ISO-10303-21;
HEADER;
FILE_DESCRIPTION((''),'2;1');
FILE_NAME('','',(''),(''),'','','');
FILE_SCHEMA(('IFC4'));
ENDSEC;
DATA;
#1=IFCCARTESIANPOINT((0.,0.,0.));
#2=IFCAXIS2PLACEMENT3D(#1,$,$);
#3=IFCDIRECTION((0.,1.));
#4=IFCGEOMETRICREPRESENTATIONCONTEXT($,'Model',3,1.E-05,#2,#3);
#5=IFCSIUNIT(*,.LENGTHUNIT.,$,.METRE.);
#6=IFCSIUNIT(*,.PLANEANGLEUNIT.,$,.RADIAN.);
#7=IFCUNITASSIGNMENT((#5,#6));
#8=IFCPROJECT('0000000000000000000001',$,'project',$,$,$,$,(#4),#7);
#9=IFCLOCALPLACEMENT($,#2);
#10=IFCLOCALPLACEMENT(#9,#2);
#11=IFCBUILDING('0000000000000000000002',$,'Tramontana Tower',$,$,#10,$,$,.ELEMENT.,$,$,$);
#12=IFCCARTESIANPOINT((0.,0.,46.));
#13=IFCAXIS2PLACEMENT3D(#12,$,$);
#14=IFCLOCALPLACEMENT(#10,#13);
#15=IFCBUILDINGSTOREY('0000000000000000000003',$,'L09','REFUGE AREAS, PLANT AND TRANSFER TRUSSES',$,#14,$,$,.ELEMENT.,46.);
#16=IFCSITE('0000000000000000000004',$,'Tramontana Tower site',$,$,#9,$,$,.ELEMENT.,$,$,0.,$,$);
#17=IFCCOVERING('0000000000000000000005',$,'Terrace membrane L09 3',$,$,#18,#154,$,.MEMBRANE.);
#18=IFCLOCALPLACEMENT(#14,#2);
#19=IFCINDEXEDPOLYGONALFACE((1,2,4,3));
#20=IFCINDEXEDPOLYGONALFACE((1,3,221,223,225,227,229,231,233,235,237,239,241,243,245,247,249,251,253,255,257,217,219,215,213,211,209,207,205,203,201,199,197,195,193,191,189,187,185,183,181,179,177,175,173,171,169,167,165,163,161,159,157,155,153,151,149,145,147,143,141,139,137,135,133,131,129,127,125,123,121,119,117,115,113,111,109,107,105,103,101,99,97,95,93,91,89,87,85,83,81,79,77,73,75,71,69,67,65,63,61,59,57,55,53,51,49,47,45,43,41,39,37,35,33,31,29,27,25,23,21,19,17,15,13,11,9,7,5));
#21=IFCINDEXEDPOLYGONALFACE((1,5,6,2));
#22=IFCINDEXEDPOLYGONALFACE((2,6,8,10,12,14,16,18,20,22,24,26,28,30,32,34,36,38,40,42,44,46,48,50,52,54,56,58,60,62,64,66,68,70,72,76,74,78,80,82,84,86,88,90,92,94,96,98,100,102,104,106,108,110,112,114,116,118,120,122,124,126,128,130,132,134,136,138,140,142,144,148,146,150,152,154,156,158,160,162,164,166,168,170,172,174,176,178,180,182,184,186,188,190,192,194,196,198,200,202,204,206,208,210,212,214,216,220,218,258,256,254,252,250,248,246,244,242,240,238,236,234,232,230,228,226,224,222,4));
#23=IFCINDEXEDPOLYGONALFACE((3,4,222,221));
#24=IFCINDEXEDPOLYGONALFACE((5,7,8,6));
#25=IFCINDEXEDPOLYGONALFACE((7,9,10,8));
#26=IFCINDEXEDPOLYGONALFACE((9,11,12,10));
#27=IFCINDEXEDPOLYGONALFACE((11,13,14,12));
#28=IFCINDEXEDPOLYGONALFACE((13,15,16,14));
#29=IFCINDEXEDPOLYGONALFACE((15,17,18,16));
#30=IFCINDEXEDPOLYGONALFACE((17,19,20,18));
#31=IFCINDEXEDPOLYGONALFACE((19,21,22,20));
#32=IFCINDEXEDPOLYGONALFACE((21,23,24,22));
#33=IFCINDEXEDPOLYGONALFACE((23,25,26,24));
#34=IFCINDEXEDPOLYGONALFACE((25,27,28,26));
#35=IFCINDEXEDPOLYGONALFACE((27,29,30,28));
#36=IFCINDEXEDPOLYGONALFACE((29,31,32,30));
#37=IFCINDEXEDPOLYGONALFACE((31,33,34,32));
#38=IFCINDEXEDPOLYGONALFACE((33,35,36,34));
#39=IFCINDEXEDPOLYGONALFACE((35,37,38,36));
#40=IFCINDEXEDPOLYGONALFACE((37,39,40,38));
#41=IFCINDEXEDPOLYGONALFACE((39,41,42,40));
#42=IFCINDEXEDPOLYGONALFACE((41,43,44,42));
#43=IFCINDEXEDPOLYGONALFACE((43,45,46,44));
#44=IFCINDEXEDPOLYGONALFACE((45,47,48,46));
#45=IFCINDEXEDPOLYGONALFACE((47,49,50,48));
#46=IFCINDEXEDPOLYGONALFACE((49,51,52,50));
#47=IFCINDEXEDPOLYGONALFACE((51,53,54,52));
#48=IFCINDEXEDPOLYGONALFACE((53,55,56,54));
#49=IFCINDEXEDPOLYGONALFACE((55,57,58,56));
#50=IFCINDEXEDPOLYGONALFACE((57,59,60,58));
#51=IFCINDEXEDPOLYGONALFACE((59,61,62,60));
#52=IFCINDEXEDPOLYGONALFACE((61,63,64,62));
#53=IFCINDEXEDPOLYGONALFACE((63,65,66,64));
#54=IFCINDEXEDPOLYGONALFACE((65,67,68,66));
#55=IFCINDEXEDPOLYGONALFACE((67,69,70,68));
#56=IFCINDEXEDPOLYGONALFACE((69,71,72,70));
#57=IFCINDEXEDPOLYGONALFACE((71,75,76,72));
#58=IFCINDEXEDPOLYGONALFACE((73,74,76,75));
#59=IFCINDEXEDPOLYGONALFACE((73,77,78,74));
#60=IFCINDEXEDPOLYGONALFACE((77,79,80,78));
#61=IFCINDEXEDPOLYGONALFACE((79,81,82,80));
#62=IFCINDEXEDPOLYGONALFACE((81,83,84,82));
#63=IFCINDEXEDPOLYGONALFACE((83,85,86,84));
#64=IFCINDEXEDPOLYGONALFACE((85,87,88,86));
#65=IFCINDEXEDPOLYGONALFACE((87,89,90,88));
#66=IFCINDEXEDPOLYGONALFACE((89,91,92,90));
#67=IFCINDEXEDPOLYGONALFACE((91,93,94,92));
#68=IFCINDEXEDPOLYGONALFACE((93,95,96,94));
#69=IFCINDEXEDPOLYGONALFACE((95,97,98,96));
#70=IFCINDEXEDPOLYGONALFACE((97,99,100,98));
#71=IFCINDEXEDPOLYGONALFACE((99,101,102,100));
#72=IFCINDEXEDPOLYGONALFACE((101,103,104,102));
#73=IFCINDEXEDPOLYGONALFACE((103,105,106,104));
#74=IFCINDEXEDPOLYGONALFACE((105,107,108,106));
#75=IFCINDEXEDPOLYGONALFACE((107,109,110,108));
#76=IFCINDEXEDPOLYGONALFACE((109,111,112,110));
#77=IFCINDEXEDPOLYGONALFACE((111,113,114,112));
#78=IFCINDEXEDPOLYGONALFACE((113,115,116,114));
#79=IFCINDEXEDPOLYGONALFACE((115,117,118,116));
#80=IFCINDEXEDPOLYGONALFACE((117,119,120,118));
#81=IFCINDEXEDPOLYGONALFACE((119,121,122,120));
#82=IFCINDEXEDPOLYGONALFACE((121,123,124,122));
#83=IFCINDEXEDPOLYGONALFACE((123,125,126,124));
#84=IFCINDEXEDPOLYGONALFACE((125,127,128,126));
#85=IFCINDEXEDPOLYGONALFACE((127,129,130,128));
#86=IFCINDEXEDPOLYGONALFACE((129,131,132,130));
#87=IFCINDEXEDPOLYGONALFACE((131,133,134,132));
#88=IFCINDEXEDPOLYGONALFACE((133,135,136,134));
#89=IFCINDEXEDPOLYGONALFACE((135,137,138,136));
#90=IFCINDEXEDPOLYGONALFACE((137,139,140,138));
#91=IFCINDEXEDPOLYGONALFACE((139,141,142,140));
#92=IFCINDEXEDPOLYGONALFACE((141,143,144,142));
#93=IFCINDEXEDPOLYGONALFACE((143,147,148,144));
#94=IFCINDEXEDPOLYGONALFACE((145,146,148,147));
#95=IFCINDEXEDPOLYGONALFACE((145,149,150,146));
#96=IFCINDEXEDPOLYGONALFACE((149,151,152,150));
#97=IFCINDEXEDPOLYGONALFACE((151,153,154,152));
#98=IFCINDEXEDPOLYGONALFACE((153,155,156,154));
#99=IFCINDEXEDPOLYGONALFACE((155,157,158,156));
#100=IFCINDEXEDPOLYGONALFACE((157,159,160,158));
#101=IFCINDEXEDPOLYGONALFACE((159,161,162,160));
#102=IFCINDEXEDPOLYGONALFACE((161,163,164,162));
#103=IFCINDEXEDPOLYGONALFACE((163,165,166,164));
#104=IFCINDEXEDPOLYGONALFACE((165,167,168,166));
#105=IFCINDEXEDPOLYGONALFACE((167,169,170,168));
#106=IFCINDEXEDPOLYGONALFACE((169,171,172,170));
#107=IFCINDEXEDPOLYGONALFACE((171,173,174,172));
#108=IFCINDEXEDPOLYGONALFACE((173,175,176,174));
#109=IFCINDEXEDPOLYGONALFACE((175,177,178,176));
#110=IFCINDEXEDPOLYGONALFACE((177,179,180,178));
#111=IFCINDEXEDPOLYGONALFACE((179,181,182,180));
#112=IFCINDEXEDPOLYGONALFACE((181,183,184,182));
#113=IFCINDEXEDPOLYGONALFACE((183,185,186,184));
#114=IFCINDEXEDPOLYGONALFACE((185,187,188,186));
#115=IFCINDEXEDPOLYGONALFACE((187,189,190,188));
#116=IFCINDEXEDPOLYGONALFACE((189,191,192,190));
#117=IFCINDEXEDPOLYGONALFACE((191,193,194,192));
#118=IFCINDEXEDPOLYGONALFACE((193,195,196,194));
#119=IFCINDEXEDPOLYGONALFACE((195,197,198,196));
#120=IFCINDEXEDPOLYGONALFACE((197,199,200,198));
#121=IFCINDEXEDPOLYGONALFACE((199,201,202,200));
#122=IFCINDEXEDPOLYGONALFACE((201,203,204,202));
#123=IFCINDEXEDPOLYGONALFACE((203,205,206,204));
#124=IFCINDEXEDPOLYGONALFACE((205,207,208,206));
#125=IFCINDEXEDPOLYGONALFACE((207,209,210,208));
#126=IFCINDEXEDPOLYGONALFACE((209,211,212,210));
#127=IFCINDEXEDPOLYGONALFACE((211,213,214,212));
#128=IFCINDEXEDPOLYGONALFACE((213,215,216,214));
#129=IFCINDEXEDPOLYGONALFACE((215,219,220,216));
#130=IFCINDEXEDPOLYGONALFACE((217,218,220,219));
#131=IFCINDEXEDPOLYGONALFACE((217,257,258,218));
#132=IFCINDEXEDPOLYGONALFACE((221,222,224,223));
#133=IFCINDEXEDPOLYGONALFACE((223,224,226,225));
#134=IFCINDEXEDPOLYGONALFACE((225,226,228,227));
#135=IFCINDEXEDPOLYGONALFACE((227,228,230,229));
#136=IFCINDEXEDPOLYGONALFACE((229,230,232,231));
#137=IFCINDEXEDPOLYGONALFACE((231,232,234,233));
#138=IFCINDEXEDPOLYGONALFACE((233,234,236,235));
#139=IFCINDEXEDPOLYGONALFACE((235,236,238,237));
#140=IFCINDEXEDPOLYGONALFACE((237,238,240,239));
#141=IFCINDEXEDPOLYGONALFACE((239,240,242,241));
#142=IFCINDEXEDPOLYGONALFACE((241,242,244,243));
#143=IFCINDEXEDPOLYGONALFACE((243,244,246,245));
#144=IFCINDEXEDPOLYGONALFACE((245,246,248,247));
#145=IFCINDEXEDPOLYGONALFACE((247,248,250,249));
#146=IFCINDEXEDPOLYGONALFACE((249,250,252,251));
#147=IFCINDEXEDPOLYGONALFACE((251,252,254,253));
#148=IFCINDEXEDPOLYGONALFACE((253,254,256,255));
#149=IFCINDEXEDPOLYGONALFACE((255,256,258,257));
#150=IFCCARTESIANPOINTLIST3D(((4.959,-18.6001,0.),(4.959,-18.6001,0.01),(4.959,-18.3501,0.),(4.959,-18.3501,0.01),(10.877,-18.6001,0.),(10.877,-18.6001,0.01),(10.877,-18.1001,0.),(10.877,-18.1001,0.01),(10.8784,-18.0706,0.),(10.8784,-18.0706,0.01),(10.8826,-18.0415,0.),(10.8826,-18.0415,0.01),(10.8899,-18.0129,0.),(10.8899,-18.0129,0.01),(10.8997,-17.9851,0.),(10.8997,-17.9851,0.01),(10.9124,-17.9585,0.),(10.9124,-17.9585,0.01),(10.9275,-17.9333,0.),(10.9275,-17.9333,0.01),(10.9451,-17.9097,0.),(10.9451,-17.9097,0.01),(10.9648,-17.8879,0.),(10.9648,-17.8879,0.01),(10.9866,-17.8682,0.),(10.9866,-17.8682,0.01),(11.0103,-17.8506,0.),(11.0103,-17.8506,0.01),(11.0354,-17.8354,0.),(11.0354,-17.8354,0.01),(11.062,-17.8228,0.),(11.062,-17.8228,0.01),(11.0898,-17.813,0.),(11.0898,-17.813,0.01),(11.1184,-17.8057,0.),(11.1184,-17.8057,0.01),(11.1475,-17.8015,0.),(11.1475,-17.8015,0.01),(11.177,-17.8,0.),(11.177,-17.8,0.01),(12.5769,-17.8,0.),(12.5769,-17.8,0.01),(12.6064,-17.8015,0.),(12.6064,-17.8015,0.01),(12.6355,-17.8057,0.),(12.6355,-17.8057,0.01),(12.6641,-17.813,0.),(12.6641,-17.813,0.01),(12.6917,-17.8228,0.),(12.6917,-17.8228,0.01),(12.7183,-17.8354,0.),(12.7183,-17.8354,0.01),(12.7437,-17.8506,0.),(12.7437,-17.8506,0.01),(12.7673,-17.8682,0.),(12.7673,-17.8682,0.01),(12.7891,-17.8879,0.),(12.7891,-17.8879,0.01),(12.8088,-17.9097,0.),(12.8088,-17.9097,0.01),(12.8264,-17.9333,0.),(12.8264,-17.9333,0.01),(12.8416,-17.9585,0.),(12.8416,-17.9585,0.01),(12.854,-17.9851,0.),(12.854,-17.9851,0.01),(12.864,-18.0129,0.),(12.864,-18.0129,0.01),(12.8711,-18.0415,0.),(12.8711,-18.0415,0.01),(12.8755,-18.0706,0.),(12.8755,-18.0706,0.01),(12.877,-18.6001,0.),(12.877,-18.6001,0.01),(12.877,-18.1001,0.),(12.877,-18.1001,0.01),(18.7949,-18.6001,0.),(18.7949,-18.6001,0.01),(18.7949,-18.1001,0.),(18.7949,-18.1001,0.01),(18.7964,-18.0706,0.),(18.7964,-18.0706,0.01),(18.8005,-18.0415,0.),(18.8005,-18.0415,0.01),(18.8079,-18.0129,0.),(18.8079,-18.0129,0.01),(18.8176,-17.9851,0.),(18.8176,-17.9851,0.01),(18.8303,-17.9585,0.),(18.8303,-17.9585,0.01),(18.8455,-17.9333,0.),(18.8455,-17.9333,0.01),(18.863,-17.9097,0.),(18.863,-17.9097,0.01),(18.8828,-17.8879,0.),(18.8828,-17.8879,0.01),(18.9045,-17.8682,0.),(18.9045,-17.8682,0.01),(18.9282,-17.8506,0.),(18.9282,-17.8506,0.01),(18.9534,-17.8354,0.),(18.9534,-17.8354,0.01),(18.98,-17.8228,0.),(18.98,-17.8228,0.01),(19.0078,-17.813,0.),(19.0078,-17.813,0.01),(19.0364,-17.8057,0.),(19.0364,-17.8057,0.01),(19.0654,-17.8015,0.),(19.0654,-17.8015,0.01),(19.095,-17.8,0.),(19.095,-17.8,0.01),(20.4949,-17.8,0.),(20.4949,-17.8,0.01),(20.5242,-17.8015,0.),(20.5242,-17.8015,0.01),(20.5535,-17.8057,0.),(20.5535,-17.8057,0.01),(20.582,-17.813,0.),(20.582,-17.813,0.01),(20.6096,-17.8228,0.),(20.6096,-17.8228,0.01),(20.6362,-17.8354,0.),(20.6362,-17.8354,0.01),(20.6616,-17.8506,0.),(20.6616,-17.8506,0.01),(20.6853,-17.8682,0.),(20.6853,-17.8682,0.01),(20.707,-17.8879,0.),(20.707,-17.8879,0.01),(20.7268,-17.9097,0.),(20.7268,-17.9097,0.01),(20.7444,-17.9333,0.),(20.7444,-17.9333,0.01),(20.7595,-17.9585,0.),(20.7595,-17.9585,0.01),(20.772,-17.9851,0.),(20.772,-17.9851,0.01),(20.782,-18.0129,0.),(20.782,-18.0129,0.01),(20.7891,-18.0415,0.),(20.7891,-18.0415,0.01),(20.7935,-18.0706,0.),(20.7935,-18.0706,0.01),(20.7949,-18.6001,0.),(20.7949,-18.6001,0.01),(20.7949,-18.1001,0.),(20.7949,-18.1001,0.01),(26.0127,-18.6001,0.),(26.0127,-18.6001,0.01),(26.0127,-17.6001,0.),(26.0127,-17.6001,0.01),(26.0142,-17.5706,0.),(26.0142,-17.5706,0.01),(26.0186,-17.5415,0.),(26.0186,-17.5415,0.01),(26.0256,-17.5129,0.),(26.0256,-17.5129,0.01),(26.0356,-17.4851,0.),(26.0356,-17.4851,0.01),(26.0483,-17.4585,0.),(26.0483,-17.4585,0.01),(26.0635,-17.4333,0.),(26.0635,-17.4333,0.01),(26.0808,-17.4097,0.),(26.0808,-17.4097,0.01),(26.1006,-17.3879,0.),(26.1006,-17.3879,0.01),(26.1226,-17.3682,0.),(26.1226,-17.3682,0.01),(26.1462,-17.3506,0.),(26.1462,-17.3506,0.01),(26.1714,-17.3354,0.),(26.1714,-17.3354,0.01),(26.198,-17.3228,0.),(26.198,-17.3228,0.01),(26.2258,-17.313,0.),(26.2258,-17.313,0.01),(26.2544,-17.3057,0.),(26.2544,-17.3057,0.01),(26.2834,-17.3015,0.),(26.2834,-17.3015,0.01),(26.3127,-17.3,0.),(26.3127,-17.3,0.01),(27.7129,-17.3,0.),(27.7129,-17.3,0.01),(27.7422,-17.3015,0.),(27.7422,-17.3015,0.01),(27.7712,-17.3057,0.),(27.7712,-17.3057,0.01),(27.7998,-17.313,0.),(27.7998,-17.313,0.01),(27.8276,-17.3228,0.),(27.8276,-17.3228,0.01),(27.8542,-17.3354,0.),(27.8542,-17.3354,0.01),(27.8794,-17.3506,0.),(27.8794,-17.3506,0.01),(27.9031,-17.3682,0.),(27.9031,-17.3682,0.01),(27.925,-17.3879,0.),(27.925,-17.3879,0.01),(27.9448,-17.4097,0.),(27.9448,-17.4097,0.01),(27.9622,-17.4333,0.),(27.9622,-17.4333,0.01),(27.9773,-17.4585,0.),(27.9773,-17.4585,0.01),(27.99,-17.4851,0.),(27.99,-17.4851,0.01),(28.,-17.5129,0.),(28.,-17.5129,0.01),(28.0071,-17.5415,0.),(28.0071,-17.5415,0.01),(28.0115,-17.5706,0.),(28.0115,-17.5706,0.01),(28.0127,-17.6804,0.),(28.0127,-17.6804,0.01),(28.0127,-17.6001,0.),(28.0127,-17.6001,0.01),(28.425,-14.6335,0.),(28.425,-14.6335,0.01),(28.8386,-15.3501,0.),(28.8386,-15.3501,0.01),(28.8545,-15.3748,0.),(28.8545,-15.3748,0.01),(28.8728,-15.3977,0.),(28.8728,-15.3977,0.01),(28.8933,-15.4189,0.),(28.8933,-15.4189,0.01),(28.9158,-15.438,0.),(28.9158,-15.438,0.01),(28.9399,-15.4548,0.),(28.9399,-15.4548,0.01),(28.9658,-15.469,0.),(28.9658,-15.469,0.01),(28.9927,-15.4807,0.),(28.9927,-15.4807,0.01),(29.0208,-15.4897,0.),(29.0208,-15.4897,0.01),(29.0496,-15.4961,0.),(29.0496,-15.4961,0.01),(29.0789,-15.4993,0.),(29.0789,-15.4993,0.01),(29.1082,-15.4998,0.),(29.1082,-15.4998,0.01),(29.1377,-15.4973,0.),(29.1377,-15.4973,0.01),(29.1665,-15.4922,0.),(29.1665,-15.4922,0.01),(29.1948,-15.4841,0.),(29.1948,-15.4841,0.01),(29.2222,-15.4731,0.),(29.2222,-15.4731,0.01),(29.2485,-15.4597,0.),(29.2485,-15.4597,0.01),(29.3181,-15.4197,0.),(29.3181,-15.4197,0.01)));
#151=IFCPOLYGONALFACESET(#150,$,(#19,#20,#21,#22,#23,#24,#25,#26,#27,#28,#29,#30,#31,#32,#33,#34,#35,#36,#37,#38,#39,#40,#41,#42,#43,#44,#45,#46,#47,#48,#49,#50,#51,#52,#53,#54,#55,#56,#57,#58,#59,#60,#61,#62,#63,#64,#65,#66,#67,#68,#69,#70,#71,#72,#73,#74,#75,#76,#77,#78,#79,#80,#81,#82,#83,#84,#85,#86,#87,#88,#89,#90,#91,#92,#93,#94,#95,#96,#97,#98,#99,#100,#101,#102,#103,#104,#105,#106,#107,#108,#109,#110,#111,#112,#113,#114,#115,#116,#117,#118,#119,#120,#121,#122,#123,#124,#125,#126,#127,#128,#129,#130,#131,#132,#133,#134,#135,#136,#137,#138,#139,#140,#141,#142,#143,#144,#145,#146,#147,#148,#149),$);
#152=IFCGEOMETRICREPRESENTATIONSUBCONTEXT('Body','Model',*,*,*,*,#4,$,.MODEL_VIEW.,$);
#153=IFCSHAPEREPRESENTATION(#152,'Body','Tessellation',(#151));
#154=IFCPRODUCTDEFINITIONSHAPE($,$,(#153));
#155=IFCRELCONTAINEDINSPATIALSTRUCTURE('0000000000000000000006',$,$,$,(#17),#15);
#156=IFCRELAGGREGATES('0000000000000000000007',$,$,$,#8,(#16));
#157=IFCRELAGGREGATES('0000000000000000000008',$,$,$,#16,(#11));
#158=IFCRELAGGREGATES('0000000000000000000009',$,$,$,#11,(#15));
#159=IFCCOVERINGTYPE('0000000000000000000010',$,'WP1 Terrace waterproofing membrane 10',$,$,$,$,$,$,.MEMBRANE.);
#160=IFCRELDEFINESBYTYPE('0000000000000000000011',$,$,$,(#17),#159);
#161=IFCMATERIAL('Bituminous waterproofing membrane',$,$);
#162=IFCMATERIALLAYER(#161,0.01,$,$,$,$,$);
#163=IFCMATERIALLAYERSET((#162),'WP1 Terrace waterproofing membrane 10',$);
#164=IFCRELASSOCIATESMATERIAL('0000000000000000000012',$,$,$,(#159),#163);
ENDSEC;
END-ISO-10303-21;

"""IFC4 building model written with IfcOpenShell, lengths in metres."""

from ifc_helpers import new_model, si_unit, direction, frame, origin, place, context, subcontext, project, spatial, polyline, outline, extrude, material, layer, layer_set, type_object, element, save


model = new_model("IFC4")

# Units and contexts
model_context = context("Model", 3, precision=1e-05, world=origin(), true_north=direction((0.0, 1.0)))
body_context = subcontext(model_context, "Body", "Model", "MODEL_VIEW")
ifc_project = project(units=[si_unit("LENGTHUNIT", "METRE"), si_unit("PLANEANGLEUNIT", "RADIAN")], contexts=[model_context])

# Site, building, storey
site_placement = place(None, origin())
site = spatial("IfcSite", under=ifc_project, at=site_placement, Name="Tramontana Tower site", CompositionType="ELEMENT", RefElevation=0.0)
building_placement = place(site_placement, origin())
building = spatial("IfcBuilding", under=site, at=building_placement, Name="Tramontana Tower", CompositionType="ELEMENT")
storey_placement = place(building_placement, frame((0.0, 0.0, 46.0)))
storey = spatial("IfcBuildingStorey", under=building, at=storey_placement, Name="L09", Description="REFUGE AREAS, PLANT AND TRANSFER TRUSSES", CompositionType="ELEMENT", Elevation=46.0)

# Covering
ifc_material_1 = material(Name="Bituminous waterproofing membrane")
ifc_layer_1 = layer(ifc_material_1, 0.01)
ifc_layer_set_1 = layer_set([ifc_layer_1], Name="WP1 Terrace waterproofing membrane 10")
covering_type_1 = type_object("IfcCoveringType", Name="WP1 Terrace waterproofing membrane 10", PredefinedType="MEMBRANE", material=ifc_layer_set_1)
covering_1_placement = place(storey_placement, origin())
element("IfcCovering", 1, at=covering_1_placement, inside=storey, type_object=covering_type_1, Name="Terrace membrane L09 3", PredefinedType="MEMBRANE", context=body_context, shape_type="SweptSolid", body=[
    extrude(outline(polyline([(28.0127, -17.6804), (28.0127, -17.6001), (28.0115, -17.5706), (28.0071, -17.5415), (28.0, -17.5129), (27.99, -17.4851), (27.9773, -17.4585), (27.9622, -17.4333), (27.9448, -17.4097), (27.925, -17.3879), (27.9031, -17.3682), (27.8794, -17.3506), (27.8542, -17.3354), (27.8276, -17.3228), (27.7998, -17.313), (27.7712, -17.3057), (27.7422, -17.3015), (27.7129, -17.3), (26.3127, -17.3), (26.2834, -17.3015), (26.2544, -17.3057), (26.2258, -17.313), (26.198, -17.3228), (26.1714, -17.3354), (26.1462, -17.3506), (26.1226, -17.3682), (26.1006, -17.3879), (26.0808, -17.4097), (26.0635, -17.4333), (26.0483, -17.4585), (26.0356, -17.4851), (26.0256, -17.5129), (26.0186, -17.5415), (26.0142, -17.5706), (26.0127, -17.6001), (26.0127, -18.6001), (20.7949, -18.6001), (20.7949, -18.1001), (20.7935, -18.0706), (20.7891, -18.0415), (20.782, -18.0129), (20.772, -17.9851), (20.7595, -17.9585), (20.7444, -17.9333), (20.7268, -17.9097), (20.707, -17.8879), (20.6853, -17.8682), (20.6616, -17.8506), (20.6362, -17.8354), (20.6096, -17.8228), (20.582, -17.813), (20.5535, -17.8057), (20.5242, -17.8015), (20.4949, -17.8), (19.095, -17.8), (19.0654, -17.8015), (19.0364, -17.8057), (19.0078, -17.813), (18.98, -17.8228), (18.9534, -17.8354), (18.9282, -17.8506), (18.9045, -17.8682), (18.8828, -17.8879), (18.863, -17.9097), (18.8455, -17.9333), (18.8303, -17.9585), (18.8176, -17.9851), (18.8079, -18.0129), (18.8005, -18.0415), (18.7964, -18.0706), (18.7949, -18.1001), (18.7949, -18.6001), (12.877, -18.6001), (12.877, -18.1001), (12.8755, -18.0706), (12.8711, -18.0415), (12.864, -18.0129), (12.854, -17.9851), (12.8416, -17.9585), (12.8264, -17.9333), (12.8088, -17.9097), (12.7891, -17.8879), (12.7673, -17.8682), (12.7437, -17.8506), (12.7183, -17.8354), (12.6917, -17.8228), (12.6641, -17.813), (12.6355, -17.8057), (12.6064, -17.8015), (12.5769, -17.8), (11.177, -17.8), (11.1475, -17.8015), (11.1184, -17.8057), (11.0898, -17.813), (11.062, -17.8228), (11.0354, -17.8354), (11.0103, -17.8506), (10.9866, -17.8682), (10.9648, -17.8879), (10.9451, -17.9097), (10.9275, -17.9333), (10.9124, -17.9585), (10.8997, -17.9851), (10.8899, -18.0129), (10.8826, -18.0415), (10.8784, -18.0706), (10.877, -18.1001), (10.877, -18.6001), (4.959, -18.6001), (4.959, -18.3501), (28.425, -14.6335), (28.8386, -15.3501), (28.8545, -15.3748), (28.8728, -15.3977), (28.8933, -15.4189), (28.9158, -15.438), (28.9399, -15.4548), (28.9658, -15.469), (28.9927, -15.4807), (29.0208, -15.4897), (29.0496, -15.4961), (29.0789, -15.4993), (29.1082, -15.4998), (29.1377, -15.4973), (29.1665, -15.4922), (29.1948, -15.4841), (29.2222, -15.4731), (29.2485, -15.4597), (29.3181, -15.4197), (28.0127, -17.6804)])), origin(), (0.0, 0.0, 1.0), 0.01),
])

save(model, "model.ifc")
